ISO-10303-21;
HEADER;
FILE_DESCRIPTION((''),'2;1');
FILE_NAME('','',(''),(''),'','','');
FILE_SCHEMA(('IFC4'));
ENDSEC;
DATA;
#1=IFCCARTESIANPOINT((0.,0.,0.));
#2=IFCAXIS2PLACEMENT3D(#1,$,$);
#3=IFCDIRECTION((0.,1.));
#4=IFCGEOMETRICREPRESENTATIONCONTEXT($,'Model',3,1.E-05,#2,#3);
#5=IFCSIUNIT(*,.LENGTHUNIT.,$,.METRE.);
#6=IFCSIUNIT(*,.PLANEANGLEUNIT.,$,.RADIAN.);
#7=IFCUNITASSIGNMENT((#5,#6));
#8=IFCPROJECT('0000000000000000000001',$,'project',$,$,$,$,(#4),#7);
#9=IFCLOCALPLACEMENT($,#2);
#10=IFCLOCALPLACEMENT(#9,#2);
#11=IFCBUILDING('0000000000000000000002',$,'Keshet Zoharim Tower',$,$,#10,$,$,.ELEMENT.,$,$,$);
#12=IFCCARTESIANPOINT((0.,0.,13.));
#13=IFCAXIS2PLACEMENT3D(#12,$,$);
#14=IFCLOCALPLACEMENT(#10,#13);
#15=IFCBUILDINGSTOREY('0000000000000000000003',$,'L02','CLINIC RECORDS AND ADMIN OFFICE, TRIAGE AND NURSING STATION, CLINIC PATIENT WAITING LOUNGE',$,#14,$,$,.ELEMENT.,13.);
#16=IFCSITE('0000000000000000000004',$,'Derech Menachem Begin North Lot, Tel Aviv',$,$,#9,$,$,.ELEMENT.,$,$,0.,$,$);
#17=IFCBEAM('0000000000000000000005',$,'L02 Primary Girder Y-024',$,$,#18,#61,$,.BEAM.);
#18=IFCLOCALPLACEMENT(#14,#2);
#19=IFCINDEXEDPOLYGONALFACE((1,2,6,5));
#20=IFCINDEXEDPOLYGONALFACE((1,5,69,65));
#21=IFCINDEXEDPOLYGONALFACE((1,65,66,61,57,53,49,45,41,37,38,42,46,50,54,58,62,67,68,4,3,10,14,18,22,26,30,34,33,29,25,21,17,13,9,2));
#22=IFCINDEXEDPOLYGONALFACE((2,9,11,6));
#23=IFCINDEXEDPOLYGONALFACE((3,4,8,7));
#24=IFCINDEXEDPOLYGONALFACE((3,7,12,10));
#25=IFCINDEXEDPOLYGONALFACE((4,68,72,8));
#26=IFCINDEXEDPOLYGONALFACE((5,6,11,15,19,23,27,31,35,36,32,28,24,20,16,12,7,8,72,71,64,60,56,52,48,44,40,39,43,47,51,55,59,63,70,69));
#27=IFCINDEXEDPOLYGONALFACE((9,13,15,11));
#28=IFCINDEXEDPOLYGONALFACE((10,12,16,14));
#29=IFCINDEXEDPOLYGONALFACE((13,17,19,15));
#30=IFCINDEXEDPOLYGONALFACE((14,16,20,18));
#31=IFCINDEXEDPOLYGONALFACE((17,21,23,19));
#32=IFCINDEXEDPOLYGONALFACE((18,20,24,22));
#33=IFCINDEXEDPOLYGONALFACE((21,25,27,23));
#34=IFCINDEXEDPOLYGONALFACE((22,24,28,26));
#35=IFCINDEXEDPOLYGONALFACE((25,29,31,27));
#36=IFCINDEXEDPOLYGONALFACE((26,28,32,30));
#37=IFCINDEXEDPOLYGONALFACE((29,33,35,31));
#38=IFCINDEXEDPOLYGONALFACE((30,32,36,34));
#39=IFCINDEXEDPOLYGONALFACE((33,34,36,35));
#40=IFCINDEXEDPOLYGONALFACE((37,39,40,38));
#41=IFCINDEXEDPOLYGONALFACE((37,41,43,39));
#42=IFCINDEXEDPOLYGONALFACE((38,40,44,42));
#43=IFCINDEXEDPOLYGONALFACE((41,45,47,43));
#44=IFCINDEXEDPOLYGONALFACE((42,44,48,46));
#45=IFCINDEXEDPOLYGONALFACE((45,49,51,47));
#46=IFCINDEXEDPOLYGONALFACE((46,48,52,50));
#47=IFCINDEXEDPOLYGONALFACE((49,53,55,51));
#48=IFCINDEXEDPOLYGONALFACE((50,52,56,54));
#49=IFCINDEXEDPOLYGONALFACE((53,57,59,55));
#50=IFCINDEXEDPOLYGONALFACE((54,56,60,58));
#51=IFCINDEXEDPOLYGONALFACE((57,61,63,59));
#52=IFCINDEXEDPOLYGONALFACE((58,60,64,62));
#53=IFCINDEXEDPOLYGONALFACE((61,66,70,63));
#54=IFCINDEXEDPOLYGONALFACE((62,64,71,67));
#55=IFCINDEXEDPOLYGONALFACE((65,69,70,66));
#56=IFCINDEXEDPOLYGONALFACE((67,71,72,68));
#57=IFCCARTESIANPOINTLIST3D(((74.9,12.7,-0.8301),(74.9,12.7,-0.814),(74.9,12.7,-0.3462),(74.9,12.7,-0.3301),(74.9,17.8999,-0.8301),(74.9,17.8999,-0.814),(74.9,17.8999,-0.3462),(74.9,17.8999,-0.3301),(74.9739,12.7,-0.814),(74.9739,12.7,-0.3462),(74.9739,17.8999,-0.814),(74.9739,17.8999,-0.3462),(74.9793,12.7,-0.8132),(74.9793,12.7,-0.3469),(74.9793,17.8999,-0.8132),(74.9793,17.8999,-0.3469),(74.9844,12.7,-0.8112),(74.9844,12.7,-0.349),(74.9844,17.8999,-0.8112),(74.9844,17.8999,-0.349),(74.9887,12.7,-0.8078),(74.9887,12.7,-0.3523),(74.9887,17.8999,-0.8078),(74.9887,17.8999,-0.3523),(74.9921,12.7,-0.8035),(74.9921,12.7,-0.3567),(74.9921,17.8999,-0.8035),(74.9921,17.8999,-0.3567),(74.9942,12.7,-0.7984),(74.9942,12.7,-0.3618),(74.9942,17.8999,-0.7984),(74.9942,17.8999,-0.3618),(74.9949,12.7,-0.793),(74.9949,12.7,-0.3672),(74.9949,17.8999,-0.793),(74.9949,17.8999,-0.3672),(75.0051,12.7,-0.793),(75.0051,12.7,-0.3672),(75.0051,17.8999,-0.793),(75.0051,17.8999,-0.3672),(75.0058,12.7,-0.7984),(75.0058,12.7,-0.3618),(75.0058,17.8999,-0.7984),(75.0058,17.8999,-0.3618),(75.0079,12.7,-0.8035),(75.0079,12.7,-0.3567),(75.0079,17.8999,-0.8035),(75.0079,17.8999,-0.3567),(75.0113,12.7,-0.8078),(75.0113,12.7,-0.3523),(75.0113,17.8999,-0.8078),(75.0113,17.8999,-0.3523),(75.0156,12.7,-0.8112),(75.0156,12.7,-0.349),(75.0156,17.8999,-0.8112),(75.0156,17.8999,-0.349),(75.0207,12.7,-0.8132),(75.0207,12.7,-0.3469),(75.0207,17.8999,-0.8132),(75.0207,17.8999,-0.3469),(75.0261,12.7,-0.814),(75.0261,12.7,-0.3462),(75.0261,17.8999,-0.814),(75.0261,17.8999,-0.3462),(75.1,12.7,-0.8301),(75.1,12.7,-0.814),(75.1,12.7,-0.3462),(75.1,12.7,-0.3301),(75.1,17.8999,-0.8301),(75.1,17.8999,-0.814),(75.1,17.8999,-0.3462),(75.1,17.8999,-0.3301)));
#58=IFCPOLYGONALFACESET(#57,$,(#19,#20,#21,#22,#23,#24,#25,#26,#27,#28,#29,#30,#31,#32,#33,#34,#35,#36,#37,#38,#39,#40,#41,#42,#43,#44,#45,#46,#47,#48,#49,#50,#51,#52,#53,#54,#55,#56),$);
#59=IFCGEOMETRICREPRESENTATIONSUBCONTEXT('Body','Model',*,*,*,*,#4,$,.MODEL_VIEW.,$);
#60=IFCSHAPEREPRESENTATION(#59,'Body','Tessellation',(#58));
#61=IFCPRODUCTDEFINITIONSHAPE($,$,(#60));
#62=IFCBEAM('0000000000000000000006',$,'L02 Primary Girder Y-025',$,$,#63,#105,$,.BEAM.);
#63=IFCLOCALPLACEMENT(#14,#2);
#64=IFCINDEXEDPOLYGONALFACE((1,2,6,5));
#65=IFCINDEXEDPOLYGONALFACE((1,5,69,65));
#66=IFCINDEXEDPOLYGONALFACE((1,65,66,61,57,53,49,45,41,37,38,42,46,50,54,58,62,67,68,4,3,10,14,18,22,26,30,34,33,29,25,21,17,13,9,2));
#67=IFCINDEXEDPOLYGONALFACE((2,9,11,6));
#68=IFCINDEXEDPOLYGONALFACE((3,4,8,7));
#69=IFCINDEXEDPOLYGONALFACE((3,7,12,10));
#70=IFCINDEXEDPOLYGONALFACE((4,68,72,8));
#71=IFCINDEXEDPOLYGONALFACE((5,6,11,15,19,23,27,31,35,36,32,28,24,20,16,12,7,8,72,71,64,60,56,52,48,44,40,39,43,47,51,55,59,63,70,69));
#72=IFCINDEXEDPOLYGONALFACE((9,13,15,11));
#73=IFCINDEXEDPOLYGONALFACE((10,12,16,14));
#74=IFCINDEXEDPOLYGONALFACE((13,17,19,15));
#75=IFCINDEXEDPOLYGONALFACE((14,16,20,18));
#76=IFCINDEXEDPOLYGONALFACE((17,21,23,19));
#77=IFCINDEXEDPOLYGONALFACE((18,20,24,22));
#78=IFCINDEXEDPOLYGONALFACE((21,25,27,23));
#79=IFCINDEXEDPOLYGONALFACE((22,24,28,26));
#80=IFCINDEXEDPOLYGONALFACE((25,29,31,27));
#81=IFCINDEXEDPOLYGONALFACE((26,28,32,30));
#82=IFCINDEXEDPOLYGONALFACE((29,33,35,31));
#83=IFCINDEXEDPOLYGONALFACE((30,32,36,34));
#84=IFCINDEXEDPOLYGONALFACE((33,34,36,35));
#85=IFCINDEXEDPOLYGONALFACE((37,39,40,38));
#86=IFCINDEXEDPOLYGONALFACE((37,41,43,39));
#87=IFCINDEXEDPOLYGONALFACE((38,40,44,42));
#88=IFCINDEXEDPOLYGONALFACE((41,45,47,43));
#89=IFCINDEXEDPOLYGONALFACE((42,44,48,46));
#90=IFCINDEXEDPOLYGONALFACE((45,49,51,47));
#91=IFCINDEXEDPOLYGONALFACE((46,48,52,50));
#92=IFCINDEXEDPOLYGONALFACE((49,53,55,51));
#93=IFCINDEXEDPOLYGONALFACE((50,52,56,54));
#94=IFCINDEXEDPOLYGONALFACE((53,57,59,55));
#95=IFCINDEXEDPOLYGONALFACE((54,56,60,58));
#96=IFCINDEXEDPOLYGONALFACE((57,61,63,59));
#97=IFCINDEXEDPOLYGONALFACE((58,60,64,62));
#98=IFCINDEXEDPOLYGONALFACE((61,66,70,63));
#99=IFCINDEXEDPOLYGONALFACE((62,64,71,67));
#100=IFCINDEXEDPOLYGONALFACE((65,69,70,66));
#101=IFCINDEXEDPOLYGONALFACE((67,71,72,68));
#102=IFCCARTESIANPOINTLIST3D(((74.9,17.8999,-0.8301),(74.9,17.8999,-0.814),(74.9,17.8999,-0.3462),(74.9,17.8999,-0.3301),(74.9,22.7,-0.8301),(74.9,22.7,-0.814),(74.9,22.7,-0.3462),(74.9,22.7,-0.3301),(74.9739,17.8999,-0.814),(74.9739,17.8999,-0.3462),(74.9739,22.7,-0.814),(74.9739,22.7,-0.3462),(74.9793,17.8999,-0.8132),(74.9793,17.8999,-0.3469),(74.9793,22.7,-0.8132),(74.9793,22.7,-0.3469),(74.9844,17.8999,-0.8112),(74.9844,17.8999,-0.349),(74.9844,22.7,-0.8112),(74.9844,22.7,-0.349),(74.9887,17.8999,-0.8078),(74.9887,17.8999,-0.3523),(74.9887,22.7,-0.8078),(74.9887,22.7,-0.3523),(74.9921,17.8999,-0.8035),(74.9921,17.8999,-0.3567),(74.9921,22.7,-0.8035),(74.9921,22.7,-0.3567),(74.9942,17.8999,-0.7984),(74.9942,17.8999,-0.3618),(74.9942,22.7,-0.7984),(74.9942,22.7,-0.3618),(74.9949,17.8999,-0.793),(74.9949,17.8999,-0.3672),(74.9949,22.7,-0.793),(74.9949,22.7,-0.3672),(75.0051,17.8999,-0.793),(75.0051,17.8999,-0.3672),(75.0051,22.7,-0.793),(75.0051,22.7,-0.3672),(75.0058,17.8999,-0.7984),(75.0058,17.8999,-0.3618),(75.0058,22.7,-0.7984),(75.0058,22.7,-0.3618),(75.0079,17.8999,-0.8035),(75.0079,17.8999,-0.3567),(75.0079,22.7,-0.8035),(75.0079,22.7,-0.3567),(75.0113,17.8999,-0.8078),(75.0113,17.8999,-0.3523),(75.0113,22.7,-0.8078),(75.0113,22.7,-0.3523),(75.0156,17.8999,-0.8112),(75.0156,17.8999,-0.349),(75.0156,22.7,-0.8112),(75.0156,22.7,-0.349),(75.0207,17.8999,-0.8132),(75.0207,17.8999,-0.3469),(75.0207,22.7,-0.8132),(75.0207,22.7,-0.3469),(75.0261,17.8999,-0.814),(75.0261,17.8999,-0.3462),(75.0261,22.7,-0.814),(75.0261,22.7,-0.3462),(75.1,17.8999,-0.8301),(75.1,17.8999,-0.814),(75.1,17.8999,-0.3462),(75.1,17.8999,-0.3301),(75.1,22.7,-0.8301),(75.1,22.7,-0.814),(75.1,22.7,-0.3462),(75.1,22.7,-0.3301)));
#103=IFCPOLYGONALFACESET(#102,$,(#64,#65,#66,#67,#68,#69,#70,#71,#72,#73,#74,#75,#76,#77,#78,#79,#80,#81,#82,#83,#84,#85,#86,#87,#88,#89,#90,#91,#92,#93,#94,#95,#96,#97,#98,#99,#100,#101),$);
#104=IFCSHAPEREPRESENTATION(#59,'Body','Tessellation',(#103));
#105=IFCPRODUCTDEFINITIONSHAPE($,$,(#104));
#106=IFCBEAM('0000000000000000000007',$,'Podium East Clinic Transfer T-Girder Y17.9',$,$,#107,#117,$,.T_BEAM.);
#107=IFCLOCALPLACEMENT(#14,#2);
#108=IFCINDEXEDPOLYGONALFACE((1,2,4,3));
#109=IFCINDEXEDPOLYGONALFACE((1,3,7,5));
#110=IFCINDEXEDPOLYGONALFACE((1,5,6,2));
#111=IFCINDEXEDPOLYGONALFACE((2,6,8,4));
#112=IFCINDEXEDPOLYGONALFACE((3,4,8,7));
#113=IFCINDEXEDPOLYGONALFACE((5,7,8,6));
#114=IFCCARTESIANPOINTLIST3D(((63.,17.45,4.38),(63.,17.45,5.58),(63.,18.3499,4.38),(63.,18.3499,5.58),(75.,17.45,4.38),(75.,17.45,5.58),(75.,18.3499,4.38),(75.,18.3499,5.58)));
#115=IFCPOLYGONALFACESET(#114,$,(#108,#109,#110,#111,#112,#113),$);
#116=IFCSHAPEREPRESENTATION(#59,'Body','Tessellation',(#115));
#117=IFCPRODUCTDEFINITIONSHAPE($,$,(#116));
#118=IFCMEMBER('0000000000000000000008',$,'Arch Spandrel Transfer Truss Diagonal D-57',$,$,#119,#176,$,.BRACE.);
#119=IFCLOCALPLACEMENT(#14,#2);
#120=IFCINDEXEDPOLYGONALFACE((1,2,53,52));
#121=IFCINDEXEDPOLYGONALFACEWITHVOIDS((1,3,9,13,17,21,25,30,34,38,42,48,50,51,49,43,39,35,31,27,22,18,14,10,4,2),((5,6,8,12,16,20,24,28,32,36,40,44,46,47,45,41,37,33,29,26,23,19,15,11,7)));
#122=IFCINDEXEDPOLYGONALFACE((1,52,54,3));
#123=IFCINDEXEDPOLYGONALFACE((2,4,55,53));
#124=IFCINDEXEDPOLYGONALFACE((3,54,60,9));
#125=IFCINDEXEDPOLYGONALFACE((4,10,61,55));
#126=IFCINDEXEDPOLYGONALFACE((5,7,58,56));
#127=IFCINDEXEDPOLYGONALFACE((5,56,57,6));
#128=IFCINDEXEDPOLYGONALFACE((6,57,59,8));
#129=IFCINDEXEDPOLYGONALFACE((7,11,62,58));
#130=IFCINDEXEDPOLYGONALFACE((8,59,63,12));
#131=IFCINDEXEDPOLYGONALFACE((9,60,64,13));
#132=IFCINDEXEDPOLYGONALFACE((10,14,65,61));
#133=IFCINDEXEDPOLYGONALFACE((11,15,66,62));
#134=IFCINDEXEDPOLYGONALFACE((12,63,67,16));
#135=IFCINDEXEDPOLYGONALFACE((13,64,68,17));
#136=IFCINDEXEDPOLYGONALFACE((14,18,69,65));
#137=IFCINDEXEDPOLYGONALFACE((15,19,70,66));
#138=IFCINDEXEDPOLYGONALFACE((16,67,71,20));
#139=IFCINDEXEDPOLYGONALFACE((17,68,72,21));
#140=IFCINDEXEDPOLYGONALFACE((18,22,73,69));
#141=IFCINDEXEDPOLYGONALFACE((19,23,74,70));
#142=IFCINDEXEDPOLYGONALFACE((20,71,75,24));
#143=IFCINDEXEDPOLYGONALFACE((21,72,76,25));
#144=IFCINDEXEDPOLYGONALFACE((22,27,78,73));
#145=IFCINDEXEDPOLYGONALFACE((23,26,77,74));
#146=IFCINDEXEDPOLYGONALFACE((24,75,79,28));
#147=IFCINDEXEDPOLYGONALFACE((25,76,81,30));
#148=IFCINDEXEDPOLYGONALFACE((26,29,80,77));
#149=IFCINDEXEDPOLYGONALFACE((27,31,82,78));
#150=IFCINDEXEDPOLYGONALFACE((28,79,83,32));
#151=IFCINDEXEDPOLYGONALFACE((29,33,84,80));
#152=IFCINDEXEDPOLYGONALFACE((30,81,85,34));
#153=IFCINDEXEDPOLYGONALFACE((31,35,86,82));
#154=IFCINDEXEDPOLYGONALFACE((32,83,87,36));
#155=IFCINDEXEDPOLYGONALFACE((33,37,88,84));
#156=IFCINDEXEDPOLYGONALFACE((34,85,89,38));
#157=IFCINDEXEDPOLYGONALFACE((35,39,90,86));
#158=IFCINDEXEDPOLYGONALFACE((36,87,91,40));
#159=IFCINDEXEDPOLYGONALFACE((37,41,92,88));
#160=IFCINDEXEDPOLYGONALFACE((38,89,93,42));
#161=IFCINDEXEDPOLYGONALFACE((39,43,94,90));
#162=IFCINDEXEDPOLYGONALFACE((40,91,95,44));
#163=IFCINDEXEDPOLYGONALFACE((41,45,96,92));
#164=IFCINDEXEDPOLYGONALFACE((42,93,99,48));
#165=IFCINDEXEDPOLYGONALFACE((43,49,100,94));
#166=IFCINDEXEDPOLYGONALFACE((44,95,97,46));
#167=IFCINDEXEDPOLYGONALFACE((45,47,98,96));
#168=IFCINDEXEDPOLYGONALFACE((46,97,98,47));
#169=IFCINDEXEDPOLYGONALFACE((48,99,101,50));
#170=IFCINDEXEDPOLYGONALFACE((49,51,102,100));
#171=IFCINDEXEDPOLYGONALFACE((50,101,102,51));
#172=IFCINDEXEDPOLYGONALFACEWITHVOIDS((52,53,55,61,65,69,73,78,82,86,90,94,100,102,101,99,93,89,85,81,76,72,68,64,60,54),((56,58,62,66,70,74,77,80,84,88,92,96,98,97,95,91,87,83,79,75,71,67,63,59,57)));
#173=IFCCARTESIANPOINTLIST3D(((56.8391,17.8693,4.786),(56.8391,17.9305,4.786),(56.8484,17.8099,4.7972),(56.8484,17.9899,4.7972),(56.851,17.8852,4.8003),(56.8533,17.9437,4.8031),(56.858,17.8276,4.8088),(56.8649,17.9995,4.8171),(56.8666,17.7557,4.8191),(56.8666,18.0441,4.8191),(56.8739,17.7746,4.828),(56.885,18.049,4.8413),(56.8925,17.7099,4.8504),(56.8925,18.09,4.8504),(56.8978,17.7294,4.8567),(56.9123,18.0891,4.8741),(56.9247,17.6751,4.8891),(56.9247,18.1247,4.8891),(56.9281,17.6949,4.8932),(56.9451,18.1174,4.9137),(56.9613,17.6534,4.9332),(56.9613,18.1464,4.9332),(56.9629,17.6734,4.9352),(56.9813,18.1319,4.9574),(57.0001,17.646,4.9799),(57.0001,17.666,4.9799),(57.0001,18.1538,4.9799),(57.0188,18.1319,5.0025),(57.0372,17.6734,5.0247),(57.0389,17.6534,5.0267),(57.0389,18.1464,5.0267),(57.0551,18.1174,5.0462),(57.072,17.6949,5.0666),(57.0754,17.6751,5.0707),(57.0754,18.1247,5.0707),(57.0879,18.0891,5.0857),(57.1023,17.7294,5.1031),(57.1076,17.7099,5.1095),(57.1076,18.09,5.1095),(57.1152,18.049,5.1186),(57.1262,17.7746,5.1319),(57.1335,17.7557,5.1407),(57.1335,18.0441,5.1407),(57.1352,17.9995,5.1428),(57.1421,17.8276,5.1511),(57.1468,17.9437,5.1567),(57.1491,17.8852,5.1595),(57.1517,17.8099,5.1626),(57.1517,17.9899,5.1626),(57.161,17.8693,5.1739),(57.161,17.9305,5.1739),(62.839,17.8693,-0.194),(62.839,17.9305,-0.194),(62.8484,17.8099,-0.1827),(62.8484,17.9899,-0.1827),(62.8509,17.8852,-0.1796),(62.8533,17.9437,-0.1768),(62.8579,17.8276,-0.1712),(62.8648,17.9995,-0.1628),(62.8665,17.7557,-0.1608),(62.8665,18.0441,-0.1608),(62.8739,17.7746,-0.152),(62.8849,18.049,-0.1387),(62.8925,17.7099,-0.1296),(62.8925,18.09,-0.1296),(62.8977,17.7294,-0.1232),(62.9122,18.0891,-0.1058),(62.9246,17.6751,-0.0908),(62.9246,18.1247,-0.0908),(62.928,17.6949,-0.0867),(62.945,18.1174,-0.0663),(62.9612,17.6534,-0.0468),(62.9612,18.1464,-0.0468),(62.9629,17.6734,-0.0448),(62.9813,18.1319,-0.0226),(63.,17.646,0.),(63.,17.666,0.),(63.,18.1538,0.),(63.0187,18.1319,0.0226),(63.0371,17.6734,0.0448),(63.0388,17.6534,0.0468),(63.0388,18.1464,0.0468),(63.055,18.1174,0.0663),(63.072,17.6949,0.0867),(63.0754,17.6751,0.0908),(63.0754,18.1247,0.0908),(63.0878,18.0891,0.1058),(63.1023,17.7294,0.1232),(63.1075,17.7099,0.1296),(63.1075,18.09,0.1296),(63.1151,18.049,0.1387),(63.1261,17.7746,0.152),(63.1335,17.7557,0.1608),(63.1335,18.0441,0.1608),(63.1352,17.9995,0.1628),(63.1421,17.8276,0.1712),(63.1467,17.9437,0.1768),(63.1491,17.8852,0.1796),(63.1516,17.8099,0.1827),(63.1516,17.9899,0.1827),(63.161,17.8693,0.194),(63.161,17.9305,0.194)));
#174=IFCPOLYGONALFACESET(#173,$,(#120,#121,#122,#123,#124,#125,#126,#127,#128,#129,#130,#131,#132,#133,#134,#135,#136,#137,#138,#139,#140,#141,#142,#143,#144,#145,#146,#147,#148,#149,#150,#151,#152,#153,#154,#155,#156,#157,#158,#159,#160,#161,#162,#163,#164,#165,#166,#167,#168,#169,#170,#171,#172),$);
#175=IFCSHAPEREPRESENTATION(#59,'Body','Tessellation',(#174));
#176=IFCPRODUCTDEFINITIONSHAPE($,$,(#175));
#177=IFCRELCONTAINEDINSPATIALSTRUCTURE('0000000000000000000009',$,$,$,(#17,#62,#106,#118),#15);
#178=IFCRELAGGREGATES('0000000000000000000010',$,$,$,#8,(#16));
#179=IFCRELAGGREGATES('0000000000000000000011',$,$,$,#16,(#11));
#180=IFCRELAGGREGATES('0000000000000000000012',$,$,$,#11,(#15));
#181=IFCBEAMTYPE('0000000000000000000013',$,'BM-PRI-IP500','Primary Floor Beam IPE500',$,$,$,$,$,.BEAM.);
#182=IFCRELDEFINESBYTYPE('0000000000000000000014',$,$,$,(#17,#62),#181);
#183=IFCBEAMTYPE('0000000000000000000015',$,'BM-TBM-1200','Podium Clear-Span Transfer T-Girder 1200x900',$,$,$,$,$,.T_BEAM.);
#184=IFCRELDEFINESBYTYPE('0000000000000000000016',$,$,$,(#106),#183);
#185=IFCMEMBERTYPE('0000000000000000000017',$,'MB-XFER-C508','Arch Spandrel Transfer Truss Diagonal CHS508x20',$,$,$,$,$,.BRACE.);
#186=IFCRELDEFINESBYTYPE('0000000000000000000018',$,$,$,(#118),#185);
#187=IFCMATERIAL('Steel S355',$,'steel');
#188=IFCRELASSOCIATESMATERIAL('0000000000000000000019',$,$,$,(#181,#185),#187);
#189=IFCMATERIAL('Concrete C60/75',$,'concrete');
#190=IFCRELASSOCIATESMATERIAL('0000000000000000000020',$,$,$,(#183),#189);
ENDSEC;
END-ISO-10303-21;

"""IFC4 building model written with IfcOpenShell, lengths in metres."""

from ifc_helpers import new_model, si_unit, direction, frame, origin, origin_2d, place, context, subcontext, project, spatial, rectangle, hollow_circle, i_section, extrude, material, material_profile, profile_set, type_object, element, save


model = new_model("IFC4")

# Units and contexts
model_context = context("Model", 3, precision=1e-05, world=origin(), true_north=direction((0.0, 1.0)))
body_context = subcontext(model_context, "Body", "Model", "MODEL_VIEW")
ifc_project = project(units=[si_unit("LENGTHUNIT", "METRE"), si_unit("PLANEANGLEUNIT", "RADIAN")], contexts=[model_context])

# Site, building, storey
site_placement = place(None, origin())
site = spatial("IfcSite", under=ifc_project, at=site_placement, Name="Derech Menachem Begin North Lot, Tel Aviv", CompositionType="ELEMENT", RefElevation=0.0)
building_placement = place(site_placement, origin())
building = spatial("IfcBuilding", under=site, at=building_placement, Name="Keshet Zoharim Tower", CompositionType="ELEMENT")
storey_placement = place(building_placement, frame((0.0, 0.0, 13.0)))
storey = spatial("IfcBuildingStorey", under=building, at=storey_placement, Name="L02", Description="CLINIC RECORDS AND ADMIN OFFICE, TRIAGE AND NURSING STATION, CLINIC PATIENT WAITING LOUNGE", CompositionType="ELEMENT", Elevation=13.0)

# Shared definitions
ifc_material_1 = material(Name="Concrete C60/75", Category="concrete")

# Beams
ifc_material_2 = material(Name="Steel S355", Category="steel")
ifc_material_profile_1 = material_profile(ifc_material_2, i_section(OverallWidth=0.2, OverallDepth=0.5, WebThickness=0.0103, FlangeThickness=0.0161, FilletRadius=0.021, at=origin_2d()), Name="IPE500")
ifc_profile_set_1 = profile_set([ifc_material_profile_1], Name="Steel S355")
beam_type_1 = type_object("IfcBeamType", Name="BM-PRI-IP500", Description="Primary Floor Beam IPE500", PredefinedType="BEAM", material=ifc_profile_set_1)
beam_1_placement = place(storey_placement, frame((75.0, 12.7, -0.5801), z_axis=(0.0, 1.0, 0.0), x_axis=(-1.0, 0.0, 0.0)))
element("IfcBeam", 1, at=beam_1_placement, inside=storey, type_object=beam_type_1, Name="L02 Primary Girder Y-024", PredefinedType="BEAM", context=body_context, shape_type="SweptSolid", body=[
    extrude(i_section(OverallWidth=0.2, OverallDepth=0.5, WebThickness=0.0103, FlangeThickness=0.0161, FilletRadius=0.021, at=origin_2d()), origin(), (0.0, 0.0, 1.0), 5.2),
])
beam_2_placement = place(storey_placement, frame((75.0, 17.8999, -0.5801), z_axis=(0.0, 1.0, 0.0), x_axis=(-1.0, 0.0, 0.0)))
element("IfcBeam", 2, at=beam_2_placement, inside=storey, type_object=beam_type_1, Name="L02 Primary Girder Y-025", PredefinedType="BEAM", context=body_context, shape_type="SweptSolid", body=[
    extrude(i_section(OverallWidth=0.2, OverallDepth=0.5, WebThickness=0.0103, FlangeThickness=0.0161, FilletRadius=0.021, at=origin_2d()), origin(), (0.0, 0.0, 1.0), 4.8),
])
ifc_material_profile_2 = material_profile(ifc_material_1, rectangle(XDim=0.8999, YDim=1.2, at=origin_2d()), Name="RC1200x900")
ifc_profile_set_2 = profile_set([ifc_material_profile_2], Name="Concrete C60/75")
beam_type_2 = type_object("IfcBeamType", Name="BM-TBM-1200", Description="Podium Clear-Span Transfer T-Girder 1200x900", PredefinedType="T_BEAM", material=ifc_profile_set_2)
beam_3_placement = place(storey_placement, frame((63.0, 17.8999, 4.98), z_axis=(1.0, 0.0, 0.0), x_axis=(0.0, 1.0, 0.0)))
element("IfcBeam", 3, at=beam_3_placement, inside=storey, type_object=beam_type_2, Name="Podium East Clinic Transfer T-Girder Y17.9", PredefinedType="T_BEAM", context=body_context, shape_type="SweptSolid", body=[
    extrude(rectangle(XDim=0.8999, YDim=1.2, at=origin_2d()), origin(), (0.0, 0.0, 1.0), 12.0),
])

# Member
ifc_material_profile_3 = material_profile(ifc_material_2, hollow_circle(Radius=0.2539, WallThickness=0.02, at=origin_2d()), Name="CHS508x20")
ifc_profile_set_3 = profile_set([ifc_material_profile_3], Name="Steel S355")
member_type = type_object("IfcMemberType", Name="MB-XFER-C508", Description="Arch Spandrel Transfer Truss Diagonal CHS508x20", PredefinedType="BRACE", material=ifc_profile_set_3)
member_placement = place(storey_placement, frame((63.0, 17.8999, 0.0), z_axis=(-0.769482, 0.0, 0.638668), x_axis=(0.0, -1.0, 0.0)))
element("IfcMember", 4, at=member_placement, inside=storey, type_object=member_type, Name="Arch Spandrel Transfer Truss Diagonal D-57", PredefinedType="BRACE", context=body_context, shape_type="SweptSolid", body=[
    extrude(hollow_circle(Radius=0.2539, WallThickness=0.02, at=origin_2d()), origin(), (0.0, 0.0, 1.0), 7.7974),
])

save(model, "model.ifc")
